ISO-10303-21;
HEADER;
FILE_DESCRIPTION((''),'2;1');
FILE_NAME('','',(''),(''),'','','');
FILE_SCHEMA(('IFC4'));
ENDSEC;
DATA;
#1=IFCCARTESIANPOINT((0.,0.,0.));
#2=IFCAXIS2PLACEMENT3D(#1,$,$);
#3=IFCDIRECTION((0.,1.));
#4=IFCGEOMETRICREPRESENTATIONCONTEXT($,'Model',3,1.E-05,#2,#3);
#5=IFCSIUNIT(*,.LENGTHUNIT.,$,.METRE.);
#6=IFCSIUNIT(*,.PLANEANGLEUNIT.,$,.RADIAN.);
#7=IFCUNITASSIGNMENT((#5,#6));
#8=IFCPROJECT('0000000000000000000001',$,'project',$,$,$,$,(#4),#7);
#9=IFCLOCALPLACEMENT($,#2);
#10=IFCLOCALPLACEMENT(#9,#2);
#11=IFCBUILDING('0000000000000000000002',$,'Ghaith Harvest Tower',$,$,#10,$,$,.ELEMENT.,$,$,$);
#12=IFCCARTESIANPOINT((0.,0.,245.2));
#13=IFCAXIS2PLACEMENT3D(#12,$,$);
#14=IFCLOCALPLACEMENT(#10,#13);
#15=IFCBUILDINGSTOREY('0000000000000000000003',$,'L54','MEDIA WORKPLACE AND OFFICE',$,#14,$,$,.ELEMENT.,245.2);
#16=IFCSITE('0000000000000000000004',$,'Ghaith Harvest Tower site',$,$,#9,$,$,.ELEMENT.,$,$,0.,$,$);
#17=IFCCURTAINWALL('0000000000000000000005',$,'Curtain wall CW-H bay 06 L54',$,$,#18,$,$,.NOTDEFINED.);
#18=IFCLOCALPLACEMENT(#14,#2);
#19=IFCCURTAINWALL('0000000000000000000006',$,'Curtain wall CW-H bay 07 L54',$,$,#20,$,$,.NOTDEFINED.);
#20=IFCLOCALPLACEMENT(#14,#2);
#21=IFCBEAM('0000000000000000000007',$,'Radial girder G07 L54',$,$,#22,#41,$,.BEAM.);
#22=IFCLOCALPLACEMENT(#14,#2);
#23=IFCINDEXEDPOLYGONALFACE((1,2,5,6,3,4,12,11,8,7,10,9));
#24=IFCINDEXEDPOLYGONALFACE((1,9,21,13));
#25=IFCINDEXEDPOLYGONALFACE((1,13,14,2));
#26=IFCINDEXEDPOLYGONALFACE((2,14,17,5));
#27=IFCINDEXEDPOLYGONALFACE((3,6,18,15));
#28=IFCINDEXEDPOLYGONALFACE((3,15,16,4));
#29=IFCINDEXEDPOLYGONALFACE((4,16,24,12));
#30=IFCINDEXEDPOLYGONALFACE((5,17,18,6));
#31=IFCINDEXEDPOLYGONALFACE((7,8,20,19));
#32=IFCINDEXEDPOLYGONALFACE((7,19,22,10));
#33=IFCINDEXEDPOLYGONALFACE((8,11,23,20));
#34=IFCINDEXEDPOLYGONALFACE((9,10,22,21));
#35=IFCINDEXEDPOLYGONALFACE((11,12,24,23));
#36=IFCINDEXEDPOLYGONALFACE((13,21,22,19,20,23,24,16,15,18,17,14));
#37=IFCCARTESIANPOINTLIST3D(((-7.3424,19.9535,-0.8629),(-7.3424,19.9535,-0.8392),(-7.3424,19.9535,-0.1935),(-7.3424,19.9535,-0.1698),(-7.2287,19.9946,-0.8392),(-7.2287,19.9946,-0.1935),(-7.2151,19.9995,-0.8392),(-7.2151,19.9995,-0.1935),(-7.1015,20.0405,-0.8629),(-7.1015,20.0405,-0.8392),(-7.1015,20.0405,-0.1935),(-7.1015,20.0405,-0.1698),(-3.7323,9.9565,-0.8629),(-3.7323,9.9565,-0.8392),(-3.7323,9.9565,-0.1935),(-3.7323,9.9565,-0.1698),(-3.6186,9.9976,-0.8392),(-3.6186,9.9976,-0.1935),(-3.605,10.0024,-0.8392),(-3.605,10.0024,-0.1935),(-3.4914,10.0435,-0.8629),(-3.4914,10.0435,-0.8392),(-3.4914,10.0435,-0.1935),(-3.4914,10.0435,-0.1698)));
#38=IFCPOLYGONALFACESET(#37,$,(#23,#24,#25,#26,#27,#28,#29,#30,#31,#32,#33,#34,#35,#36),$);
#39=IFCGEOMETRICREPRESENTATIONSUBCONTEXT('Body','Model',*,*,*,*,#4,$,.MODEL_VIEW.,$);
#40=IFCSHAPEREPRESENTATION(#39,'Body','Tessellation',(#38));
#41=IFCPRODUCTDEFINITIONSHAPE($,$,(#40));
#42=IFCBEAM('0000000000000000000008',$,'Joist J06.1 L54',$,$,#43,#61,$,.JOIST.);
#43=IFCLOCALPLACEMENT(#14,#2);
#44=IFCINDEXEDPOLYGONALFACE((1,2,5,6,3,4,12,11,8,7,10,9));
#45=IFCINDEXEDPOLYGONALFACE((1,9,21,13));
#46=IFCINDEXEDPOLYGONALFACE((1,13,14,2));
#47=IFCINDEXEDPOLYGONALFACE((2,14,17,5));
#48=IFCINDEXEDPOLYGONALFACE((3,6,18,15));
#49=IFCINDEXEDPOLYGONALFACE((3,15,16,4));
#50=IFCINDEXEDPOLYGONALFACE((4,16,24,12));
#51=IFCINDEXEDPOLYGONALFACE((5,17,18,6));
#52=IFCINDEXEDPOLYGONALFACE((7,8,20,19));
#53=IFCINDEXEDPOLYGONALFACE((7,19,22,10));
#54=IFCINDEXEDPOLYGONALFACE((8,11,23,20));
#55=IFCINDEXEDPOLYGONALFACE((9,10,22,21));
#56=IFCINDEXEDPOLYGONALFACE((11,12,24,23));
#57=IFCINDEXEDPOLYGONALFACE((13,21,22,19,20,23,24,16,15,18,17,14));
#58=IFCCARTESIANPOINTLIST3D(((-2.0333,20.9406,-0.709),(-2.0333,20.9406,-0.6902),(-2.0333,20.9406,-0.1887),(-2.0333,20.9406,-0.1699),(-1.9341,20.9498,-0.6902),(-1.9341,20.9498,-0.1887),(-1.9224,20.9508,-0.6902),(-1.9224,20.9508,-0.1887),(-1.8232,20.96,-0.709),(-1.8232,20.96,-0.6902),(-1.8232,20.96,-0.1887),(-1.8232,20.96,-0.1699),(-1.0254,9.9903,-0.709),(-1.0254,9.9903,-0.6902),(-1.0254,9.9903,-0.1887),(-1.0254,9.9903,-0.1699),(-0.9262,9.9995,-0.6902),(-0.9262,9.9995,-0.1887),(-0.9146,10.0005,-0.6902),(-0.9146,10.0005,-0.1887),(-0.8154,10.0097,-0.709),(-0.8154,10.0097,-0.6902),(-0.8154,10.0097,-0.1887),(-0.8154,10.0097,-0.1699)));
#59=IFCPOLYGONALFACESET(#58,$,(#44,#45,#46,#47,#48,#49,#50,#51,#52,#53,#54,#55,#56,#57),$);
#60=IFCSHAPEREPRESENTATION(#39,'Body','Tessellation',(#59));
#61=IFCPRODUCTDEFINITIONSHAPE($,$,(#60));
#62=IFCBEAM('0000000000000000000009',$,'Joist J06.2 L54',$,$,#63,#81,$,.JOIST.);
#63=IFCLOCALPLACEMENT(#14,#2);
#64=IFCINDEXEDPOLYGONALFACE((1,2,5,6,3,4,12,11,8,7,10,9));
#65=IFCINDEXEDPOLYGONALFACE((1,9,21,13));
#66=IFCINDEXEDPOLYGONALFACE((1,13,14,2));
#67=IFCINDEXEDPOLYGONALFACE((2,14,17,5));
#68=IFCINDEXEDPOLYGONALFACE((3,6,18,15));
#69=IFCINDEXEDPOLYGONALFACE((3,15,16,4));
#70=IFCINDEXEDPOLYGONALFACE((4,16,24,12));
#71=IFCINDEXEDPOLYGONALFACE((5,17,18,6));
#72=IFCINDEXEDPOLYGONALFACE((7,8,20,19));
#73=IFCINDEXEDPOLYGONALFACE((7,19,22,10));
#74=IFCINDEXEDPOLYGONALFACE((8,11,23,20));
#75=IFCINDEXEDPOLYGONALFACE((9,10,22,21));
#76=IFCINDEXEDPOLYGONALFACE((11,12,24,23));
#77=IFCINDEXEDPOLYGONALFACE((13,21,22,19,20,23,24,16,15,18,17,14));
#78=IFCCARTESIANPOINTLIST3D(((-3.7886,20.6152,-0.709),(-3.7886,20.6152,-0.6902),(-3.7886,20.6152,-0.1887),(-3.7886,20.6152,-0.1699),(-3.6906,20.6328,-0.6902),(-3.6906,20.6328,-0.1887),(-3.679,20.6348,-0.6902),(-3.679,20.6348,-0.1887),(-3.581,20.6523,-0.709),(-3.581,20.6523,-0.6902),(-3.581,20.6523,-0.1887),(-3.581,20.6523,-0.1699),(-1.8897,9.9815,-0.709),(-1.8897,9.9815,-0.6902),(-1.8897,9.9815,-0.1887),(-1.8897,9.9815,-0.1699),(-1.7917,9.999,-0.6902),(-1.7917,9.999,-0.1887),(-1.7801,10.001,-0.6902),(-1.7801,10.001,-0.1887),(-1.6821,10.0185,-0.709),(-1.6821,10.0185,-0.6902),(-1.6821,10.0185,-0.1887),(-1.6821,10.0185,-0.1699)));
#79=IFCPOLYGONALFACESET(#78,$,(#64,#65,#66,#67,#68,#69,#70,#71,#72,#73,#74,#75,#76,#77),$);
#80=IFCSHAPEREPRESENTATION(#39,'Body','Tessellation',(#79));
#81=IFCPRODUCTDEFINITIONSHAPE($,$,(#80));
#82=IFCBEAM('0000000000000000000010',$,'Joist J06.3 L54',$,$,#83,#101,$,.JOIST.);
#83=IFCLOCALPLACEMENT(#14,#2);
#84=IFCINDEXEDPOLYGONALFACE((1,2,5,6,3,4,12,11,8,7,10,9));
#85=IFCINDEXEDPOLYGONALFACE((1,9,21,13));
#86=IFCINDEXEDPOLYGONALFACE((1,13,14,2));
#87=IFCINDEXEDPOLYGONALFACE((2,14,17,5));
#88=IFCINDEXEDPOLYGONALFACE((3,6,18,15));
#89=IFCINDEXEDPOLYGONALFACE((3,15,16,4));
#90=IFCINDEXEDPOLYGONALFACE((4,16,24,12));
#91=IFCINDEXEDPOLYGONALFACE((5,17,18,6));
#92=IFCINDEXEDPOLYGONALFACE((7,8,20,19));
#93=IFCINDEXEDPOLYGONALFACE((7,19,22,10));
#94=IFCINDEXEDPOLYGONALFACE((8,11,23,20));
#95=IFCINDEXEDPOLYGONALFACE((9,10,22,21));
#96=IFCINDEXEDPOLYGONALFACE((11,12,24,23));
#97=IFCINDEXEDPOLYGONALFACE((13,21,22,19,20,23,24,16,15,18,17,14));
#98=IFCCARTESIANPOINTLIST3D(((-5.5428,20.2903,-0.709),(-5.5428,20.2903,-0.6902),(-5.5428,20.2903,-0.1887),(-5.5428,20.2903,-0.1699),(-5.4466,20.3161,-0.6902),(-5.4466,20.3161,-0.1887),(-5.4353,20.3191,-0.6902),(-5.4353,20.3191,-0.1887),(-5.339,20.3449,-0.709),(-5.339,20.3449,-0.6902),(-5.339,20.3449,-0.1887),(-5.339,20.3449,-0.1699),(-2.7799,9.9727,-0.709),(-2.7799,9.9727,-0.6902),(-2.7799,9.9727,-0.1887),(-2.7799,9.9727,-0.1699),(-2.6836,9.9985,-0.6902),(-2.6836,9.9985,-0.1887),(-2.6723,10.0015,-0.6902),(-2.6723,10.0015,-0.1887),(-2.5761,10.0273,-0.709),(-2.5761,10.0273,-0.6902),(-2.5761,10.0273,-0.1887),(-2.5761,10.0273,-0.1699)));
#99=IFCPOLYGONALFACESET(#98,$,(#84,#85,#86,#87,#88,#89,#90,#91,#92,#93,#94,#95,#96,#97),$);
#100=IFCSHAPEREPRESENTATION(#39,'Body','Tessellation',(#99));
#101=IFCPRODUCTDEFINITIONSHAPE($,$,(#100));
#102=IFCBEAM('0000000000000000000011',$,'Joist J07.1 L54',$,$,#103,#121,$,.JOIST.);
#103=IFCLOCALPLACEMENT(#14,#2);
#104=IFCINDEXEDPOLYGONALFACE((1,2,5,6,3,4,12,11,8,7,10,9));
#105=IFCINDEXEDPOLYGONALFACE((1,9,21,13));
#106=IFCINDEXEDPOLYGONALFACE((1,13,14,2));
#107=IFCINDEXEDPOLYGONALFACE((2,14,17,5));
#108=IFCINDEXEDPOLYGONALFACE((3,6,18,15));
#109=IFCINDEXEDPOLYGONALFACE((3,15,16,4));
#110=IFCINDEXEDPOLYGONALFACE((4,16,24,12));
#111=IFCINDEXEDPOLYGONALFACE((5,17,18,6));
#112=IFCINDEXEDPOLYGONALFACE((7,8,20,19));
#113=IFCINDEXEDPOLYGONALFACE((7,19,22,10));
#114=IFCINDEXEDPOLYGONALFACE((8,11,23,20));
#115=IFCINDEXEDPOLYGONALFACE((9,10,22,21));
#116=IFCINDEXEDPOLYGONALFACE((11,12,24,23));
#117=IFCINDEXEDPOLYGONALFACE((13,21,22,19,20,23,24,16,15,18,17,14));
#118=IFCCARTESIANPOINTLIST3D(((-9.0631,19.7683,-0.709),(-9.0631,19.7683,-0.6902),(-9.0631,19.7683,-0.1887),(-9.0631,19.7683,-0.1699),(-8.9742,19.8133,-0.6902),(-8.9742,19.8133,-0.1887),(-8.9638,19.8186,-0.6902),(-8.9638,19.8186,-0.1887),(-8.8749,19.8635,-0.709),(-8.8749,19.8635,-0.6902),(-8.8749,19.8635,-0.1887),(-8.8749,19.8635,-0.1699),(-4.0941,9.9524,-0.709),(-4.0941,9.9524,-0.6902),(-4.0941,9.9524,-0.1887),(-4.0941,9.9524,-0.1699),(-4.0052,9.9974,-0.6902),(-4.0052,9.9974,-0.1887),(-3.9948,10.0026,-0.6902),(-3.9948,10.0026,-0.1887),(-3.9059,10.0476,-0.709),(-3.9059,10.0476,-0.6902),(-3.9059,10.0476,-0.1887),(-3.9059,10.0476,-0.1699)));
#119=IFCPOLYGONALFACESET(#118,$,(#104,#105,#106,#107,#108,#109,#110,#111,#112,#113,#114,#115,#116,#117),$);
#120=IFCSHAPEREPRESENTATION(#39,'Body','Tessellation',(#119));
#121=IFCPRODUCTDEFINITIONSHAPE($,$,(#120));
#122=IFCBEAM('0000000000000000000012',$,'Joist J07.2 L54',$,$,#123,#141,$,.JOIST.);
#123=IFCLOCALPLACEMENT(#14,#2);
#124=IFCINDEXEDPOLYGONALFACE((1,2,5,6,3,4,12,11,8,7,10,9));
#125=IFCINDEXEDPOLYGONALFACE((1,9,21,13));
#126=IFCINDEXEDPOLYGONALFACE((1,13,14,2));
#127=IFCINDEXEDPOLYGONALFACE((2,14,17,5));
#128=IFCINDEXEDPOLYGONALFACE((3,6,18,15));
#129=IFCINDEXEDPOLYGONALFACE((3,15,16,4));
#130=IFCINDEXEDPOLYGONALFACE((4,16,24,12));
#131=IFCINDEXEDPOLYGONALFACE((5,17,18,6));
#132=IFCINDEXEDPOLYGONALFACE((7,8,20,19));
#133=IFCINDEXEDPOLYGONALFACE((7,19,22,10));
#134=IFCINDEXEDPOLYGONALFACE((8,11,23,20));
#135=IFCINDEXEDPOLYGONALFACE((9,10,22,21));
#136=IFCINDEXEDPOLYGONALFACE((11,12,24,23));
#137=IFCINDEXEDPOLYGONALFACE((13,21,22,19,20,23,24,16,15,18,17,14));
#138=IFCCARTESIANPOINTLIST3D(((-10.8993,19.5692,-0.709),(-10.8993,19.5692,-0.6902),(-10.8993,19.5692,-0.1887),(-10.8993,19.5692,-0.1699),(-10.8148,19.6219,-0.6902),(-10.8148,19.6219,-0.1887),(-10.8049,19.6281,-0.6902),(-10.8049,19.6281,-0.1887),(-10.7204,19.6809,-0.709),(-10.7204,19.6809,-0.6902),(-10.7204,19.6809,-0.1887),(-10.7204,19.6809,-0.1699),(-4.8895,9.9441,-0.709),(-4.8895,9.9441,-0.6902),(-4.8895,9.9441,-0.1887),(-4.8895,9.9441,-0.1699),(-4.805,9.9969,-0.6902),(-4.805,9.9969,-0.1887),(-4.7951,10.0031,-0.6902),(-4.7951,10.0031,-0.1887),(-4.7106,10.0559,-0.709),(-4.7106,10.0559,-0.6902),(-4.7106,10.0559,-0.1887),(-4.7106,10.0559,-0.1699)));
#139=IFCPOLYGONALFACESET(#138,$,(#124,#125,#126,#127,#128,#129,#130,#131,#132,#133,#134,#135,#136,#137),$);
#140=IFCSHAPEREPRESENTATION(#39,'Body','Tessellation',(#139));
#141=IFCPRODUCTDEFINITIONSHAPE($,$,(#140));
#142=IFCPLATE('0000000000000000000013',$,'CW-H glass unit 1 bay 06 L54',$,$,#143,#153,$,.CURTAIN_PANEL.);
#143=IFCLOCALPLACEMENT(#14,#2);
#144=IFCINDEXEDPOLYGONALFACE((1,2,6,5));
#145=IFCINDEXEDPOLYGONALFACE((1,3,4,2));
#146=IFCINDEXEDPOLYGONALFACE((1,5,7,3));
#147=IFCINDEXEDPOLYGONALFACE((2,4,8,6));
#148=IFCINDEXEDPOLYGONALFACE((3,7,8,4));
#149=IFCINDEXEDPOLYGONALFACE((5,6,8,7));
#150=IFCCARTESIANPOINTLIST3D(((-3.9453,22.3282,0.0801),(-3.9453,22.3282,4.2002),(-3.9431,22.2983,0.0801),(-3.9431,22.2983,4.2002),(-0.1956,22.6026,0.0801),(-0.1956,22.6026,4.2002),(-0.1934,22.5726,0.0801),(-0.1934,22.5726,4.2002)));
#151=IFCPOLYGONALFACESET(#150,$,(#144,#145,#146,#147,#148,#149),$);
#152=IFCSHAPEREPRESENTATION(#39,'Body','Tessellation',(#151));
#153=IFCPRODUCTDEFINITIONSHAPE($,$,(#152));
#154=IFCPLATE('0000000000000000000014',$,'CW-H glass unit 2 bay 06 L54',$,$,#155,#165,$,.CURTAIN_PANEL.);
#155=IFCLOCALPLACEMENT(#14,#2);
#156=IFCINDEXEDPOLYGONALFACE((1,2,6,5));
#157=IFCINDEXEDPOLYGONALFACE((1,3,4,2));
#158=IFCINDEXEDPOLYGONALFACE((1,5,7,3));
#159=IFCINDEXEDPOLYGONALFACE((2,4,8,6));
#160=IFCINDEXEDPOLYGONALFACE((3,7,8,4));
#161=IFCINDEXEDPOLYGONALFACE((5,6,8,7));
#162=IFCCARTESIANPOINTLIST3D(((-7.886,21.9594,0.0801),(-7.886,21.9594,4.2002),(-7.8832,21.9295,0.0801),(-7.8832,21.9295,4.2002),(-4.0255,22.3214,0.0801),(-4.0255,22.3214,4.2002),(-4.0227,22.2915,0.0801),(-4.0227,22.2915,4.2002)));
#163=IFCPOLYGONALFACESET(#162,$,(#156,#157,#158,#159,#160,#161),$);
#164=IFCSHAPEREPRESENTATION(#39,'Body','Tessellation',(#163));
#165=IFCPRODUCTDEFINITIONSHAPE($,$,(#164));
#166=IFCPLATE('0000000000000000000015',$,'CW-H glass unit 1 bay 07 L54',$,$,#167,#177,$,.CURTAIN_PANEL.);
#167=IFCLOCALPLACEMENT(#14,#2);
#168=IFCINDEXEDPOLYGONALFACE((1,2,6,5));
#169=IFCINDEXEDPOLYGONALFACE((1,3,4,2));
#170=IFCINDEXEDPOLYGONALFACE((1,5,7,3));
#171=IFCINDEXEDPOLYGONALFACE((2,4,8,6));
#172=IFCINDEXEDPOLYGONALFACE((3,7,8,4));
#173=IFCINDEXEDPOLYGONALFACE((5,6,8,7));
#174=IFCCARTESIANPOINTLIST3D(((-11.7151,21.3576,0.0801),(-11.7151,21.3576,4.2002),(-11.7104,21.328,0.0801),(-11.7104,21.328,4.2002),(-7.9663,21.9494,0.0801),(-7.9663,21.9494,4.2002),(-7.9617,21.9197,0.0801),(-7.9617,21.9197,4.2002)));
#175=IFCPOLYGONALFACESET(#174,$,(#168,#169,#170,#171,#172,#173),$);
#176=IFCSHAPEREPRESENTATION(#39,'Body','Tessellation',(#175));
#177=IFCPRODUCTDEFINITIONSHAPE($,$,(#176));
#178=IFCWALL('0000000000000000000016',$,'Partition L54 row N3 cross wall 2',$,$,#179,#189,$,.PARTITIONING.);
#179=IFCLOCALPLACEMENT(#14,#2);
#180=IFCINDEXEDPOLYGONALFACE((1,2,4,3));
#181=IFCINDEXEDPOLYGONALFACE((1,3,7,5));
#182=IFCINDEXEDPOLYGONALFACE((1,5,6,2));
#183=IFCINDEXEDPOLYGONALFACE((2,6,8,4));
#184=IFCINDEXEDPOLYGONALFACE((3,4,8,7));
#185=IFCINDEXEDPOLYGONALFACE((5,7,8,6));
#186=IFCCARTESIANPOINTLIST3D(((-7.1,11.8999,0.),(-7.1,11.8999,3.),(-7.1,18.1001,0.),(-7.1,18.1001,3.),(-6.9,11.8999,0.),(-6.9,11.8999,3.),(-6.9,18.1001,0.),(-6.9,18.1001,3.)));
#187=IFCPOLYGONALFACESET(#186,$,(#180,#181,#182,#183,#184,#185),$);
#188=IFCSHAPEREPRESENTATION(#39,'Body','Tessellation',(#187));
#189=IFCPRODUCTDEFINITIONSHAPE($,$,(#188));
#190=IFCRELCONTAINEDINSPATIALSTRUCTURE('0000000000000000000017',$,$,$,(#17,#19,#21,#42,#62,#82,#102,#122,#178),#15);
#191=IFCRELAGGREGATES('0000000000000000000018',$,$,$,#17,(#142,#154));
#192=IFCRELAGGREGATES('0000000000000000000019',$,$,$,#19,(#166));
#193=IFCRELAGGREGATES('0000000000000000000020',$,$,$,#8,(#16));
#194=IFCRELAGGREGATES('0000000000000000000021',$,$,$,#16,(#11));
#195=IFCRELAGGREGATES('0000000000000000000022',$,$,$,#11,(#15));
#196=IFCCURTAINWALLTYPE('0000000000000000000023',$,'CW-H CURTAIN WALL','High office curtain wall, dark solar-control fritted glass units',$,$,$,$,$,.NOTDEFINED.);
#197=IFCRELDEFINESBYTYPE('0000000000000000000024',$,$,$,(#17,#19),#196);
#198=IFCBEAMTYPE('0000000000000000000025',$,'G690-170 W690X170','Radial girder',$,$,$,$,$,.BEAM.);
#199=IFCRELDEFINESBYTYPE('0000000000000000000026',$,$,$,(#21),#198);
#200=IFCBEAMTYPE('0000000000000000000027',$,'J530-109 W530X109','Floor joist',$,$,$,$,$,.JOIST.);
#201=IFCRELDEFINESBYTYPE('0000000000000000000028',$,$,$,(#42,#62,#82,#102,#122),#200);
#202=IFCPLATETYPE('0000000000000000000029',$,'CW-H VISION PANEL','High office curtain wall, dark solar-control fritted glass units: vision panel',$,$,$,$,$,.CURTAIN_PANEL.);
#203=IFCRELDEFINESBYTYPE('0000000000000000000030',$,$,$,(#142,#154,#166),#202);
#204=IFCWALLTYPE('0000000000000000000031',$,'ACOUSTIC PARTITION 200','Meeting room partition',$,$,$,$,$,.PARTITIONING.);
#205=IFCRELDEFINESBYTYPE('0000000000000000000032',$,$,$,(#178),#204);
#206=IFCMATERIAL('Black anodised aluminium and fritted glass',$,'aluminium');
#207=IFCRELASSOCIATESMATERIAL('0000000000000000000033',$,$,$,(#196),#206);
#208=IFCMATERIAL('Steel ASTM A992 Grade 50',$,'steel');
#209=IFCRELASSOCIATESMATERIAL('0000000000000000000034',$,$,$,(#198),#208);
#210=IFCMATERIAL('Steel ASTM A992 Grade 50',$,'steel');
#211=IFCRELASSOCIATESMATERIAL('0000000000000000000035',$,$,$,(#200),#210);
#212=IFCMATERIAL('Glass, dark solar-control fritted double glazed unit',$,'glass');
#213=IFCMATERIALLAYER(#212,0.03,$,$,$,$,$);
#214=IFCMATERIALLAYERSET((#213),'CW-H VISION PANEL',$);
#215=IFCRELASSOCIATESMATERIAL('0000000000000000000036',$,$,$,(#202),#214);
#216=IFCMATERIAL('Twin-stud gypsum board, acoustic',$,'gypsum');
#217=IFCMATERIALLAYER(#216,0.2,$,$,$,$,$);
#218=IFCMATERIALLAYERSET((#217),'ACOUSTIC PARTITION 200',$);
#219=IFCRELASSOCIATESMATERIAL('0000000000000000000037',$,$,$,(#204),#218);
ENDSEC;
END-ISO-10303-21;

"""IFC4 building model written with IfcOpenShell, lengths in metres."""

from ifc_helpers import new_model, si_unit, direction, frame, frame_2d, origin, origin_2d, place, context, subcontext, project, spatial, rectangle, i_section, extrude, material, layer, layer_set, material_profile, profile_set, type_object, element, aggregate, save


model = new_model("IFC4")

# Units and contexts
model_context = context("Model", 3, precision=1e-05, world=origin(), true_north=direction((0.0, 1.0)))
body_context = subcontext(model_context, "Body", "Model", "MODEL_VIEW")
ifc_project = project(units=[si_unit("LENGTHUNIT", "METRE"), si_unit("PLANEANGLEUNIT", "RADIAN")], contexts=[model_context])

# Site, building, storey
site_placement = place(None, origin())
site = spatial("IfcSite", under=ifc_project, at=site_placement, Name="Ghaith Harvest Tower site", CompositionType="ELEMENT", RefElevation=0.0)
building_placement = place(site_placement, origin())
building = spatial("IfcBuilding", under=site, at=building_placement, Name="Ghaith Harvest Tower", CompositionType="ELEMENT")
storey_placement = place(building_placement, frame((0.0, 0.0, 245.2)))
storey = spatial("IfcBuildingStorey", under=building, at=storey_placement, Name="L54", Description="MEDIA WORKPLACE AND OFFICE", CompositionType="ELEMENT", Elevation=245.2)

# Curtain walls
ifc_material_1 = material(Name="Black anodised aluminium and fritted glass", Category="aluminium")
curtain_wall_type = type_object("IfcCurtainWallType", Name="CW-H CURTAIN WALL", Description="High office curtain wall, dark solar-control fritted glass units", PredefinedType="NOTDEFINED", material=ifc_material_1)
curtain_wall_1_placement = place(storey_placement, origin())
curtain_wall_1 = element("IfcCurtainWall", 1, at=curtain_wall_1_placement, inside=storey, type_object=curtain_wall_type, Name="Curtain wall CW-H bay 06 L54", PredefinedType="NOTDEFINED")
curtain_wall_2_placement = place(storey_placement, origin())
curtain_wall_2 = element("IfcCurtainWall", 2, at=curtain_wall_2_placement, inside=storey, type_object=curtain_wall_type, Name="Curtain wall CW-H bay 07 L54", PredefinedType="NOTDEFINED")

# Beams
ifc_material_2 = material(Name="Steel ASTM A992 Grade 50", Category="steel")
ifc_material_profile_1 = material_profile(ifc_material_2, i_section(OverallWidth=0.2561, OverallDepth=0.6931, WebThickness=0.0144, FlangeThickness=0.0237, at=origin_2d()), Name="W690X170")
ifc_profile_set_1 = profile_set([ifc_material_profile_1], Name="Steel ASTM A992 Grade 50")
beam_type_1 = type_object("IfcBeamType", Name="G690-170 W690X170", Description="Radial girder", PredefinedType="BEAM", material=ifc_profile_set_1)
beam_1_placement = place(storey_placement, frame((-3.6118, 10.0, -0.5164), z_axis=(-0.339649, 0.940552, 0.0), x_axis=(-0.940552, -0.339649, 0.0)))
element("IfcBeam", 3, at=beam_1_placement, inside=storey, type_object=beam_type_1, Name="Radial girder G07 L54", PredefinedType="BEAM", context=body_context, shape_type="SweptSolid", body=[
    extrude(i_section(OverallWidth=0.2561, OverallDepth=0.6931, WebThickness=0.0144, FlangeThickness=0.0237, at=origin_2d()), origin(), (0.0, 0.0, 1.0), 10.6289),
])
ifc_material_3 = material(Name="Steel ASTM A992 Grade 50", Category="steel")
ifc_material_profile_2 = material_profile(ifc_material_3, i_section(OverallWidth=0.2109, OverallDepth=0.5391, WebThickness=0.0117, FlangeThickness=0.0188, at=origin_2d()), Name="W530X109")
ifc_profile_set_2 = profile_set([ifc_material_profile_2], Name="Steel ASTM A992 Grade 50")
beam_type_2 = type_object("IfcBeamType", Name="J530-109 W530X109", Description="Floor joist", PredefinedType="JOIST", material=ifc_profile_set_2)
beam_2_placement = place(storey_placement, frame((-0.9204, 10.0, -0.4395), z_axis=(-0.091649, 0.995791, 0.0), x_axis=(-0.995791, -0.091649, 0.0)))
element("IfcBeam", 4, at=beam_2_placement, inside=storey, type_object=beam_type_2, Name="Joist J06.1 L54", PredefinedType="JOIST", context=body_context, shape_type="SweptSolid", body=[
    extrude(i_section(OverallWidth=0.2109, OverallDepth=0.5391, WebThickness=0.0117, FlangeThickness=0.0188, at=origin_2d()), origin(), (0.0, 0.0, 1.0), 10.9966),
])
beam_3_placement = place(storey_placement, frame((-1.7859, 10.0, -0.4395), z_axis=(-0.175794, 0.984427, 0.0), x_axis=(-0.984427, -0.175794, 0.0)))
element("IfcBeam", 5, at=beam_3_placement, inside=storey, type_object=beam_type_2, Name="Joist J06.2 L54", PredefinedType="JOIST", context=body_context, shape_type="SweptSolid", body=[
    extrude(i_section(OverallWidth=0.2109, OverallDepth=0.5391, WebThickness=0.0117, FlangeThickness=0.0188, at=origin_2d()), origin(), (0.0, 0.0, 1.0), 10.802),
])
beam_4_placement = place(storey_placement, frame((-2.678, 10.0, -0.4395), z_axis=(-0.258674, 0.965965, 0.0), x_axis=(-0.965965, -0.258674, 0.0)))
element("IfcBeam", 6, at=beam_4_placement, inside=storey, type_object=beam_type_2, Name="Joist J06.3 L54", PredefinedType="JOIST", context=body_context, shape_type="SweptSolid", body=[
    extrude(i_section(OverallWidth=0.2109, OverallDepth=0.5391, WebThickness=0.0117, FlangeThickness=0.0188, at=origin_2d()), origin(), (0.0, 0.0, 1.0), 10.6812),
])
beam_5_placement = place(storey_placement, frame((-4.0, 10.0, -0.4395), z_axis=(-0.451646, 0.892197, 0.0), x_axis=(-0.892197, -0.451646, 0.0)))
element("IfcBeam", 7, at=beam_5_placement, inside=storey, type_object=beam_type_2, Name="Joist J07.1 L54", PredefinedType="JOIST", context=body_context, shape_type="SweptSolid", body=[
    extrude(i_section(OverallWidth=0.2109, OverallDepth=0.5391, WebThickness=0.0117, FlangeThickness=0.0188, at=origin_2d()), origin(), (0.0, 0.0, 1.0), 11.002),
])
beam_6_placement = place(storey_placement, frame((-4.8, 10.0, -0.4395), z_axis=(-0.529628, 0.84823, 0.0), x_axis=(-0.84823, -0.529628, 0.0)))
element("IfcBeam", 8, at=beam_6_placement, inside=storey, type_object=beam_type_2, Name="Joist J07.2 L54", PredefinedType="JOIST", context=body_context, shape_type="SweptSolid", body=[
    extrude(i_section(OverallWidth=0.2109, OverallDepth=0.5391, WebThickness=0.0117, FlangeThickness=0.0188, at=origin_2d()), origin(), (0.0, 0.0, 1.0), 11.3472),
])

# Plates
ifc_material_4 = material(Name="Glass, dark solar-control fritted double glazed unit", Category="glass")
ifc_layer_1 = layer(ifc_material_4, 0.03)
ifc_layer_set_1 = layer_set([ifc_layer_1], Name="CW-H VISION PANEL")
plate_type = type_object("IfcPlateType", Name="CW-H VISION PANEL", Description="High office curtain wall, dark solar-control fritted glass units: vision panel", PredefinedType="CURTAIN_PANEL", material=ifc_layer_set_1)
plate_1_placement = place(storey_placement, frame((-2.0693, 22.4504, 0.0801), z_axis=(0.0, 0.0, 1.0), x_axis=(-0.997334, -0.072966, 0.0)))
plate_1 = element("IfcPlate", 9, at=plate_1_placement, type_object=plate_type, Name="CW-H glass unit 1 bay 06 L54", PredefinedType="CURTAIN_PANEL", context=body_context, shape_type="SweptSolid", body=[
    extrude(rectangle(XDim=3.7598, YDim=0.03, at=origin_2d()), origin(), (0.0, 0.0, 1.0), 4.1201),
])
plate_2_placement = place(storey_placement, frame((-5.9543, 22.1255, 0.0801), z_axis=(0.0, 0.0, 1.0), x_axis=(-0.995632, -0.093365, 0.0)))
plate_2 = element("IfcPlate", 10, at=plate_2_placement, type_object=plate_type, Name="CW-H glass unit 2 bay 06 L54", PredefinedType="CURTAIN_PANEL", context=body_context, shape_type="SweptSolid", body=[
    extrude(rectangle(XDim=3.8774, YDim=0.03, at=origin_2d()), origin(), (0.0, 0.0, 1.0), 4.1201),
])
aggregate(curtain_wall_1, [plate_1, plate_2])
plate_3_placement = place(storey_placement, frame((-9.8384, 21.6387, 0.0801), z_axis=(0.0, 0.0, 1.0), x_axis=(-0.98777, -0.155916, 0.0)))
plate_3 = element("IfcPlate", 11, at=plate_3_placement, type_object=plate_type, Name="CW-H glass unit 1 bay 07 L54", PredefinedType="CURTAIN_PANEL", context=body_context, shape_type="SweptSolid", body=[
    extrude(rectangle(XDim=3.7952, YDim=0.03, at=origin_2d()), origin(), (0.0, 0.0, 1.0), 4.1201),
])
aggregate(curtain_wall_2, [plate_3])

# Wall
ifc_material_5 = material(Name="Twin-stud gypsum board, acoustic", Category="gypsum")
ifc_layer_2 = layer(ifc_material_5, 0.2)
ifc_layer_set_2 = layer_set([ifc_layer_2], Name="ACOUSTIC PARTITION 200")
wall_type = type_object("IfcWallType", Name="ACOUSTIC PARTITION 200", Description="Meeting room partition", PredefinedType="PARTITIONING", material=ifc_layer_set_2)
for number, where, z_axis, x_axis, name in (
    (12, (-7.0, 11.8999, 0.0), (0.0, 0.0, 1.0), (0.0, 1.0, 0.0), "Partition L54 row N3 cross wall 2"),
):
    element("IfcWall", number, at=place(storey_placement, frame(where, z_axis=z_axis, x_axis=x_axis)), inside=storey, type_object=wall_type, Name=name, PredefinedType="PARTITIONING", context=body_context, shape_type="SweptSolid", body=[
        extrude(rectangle(XDim=6.2002, YDim=0.2, at=frame_2d((3.1001, 0.0))), origin(), (0.0, 0.0, 1.0), 3.0),
    ])

save(model, "model.ifc")
